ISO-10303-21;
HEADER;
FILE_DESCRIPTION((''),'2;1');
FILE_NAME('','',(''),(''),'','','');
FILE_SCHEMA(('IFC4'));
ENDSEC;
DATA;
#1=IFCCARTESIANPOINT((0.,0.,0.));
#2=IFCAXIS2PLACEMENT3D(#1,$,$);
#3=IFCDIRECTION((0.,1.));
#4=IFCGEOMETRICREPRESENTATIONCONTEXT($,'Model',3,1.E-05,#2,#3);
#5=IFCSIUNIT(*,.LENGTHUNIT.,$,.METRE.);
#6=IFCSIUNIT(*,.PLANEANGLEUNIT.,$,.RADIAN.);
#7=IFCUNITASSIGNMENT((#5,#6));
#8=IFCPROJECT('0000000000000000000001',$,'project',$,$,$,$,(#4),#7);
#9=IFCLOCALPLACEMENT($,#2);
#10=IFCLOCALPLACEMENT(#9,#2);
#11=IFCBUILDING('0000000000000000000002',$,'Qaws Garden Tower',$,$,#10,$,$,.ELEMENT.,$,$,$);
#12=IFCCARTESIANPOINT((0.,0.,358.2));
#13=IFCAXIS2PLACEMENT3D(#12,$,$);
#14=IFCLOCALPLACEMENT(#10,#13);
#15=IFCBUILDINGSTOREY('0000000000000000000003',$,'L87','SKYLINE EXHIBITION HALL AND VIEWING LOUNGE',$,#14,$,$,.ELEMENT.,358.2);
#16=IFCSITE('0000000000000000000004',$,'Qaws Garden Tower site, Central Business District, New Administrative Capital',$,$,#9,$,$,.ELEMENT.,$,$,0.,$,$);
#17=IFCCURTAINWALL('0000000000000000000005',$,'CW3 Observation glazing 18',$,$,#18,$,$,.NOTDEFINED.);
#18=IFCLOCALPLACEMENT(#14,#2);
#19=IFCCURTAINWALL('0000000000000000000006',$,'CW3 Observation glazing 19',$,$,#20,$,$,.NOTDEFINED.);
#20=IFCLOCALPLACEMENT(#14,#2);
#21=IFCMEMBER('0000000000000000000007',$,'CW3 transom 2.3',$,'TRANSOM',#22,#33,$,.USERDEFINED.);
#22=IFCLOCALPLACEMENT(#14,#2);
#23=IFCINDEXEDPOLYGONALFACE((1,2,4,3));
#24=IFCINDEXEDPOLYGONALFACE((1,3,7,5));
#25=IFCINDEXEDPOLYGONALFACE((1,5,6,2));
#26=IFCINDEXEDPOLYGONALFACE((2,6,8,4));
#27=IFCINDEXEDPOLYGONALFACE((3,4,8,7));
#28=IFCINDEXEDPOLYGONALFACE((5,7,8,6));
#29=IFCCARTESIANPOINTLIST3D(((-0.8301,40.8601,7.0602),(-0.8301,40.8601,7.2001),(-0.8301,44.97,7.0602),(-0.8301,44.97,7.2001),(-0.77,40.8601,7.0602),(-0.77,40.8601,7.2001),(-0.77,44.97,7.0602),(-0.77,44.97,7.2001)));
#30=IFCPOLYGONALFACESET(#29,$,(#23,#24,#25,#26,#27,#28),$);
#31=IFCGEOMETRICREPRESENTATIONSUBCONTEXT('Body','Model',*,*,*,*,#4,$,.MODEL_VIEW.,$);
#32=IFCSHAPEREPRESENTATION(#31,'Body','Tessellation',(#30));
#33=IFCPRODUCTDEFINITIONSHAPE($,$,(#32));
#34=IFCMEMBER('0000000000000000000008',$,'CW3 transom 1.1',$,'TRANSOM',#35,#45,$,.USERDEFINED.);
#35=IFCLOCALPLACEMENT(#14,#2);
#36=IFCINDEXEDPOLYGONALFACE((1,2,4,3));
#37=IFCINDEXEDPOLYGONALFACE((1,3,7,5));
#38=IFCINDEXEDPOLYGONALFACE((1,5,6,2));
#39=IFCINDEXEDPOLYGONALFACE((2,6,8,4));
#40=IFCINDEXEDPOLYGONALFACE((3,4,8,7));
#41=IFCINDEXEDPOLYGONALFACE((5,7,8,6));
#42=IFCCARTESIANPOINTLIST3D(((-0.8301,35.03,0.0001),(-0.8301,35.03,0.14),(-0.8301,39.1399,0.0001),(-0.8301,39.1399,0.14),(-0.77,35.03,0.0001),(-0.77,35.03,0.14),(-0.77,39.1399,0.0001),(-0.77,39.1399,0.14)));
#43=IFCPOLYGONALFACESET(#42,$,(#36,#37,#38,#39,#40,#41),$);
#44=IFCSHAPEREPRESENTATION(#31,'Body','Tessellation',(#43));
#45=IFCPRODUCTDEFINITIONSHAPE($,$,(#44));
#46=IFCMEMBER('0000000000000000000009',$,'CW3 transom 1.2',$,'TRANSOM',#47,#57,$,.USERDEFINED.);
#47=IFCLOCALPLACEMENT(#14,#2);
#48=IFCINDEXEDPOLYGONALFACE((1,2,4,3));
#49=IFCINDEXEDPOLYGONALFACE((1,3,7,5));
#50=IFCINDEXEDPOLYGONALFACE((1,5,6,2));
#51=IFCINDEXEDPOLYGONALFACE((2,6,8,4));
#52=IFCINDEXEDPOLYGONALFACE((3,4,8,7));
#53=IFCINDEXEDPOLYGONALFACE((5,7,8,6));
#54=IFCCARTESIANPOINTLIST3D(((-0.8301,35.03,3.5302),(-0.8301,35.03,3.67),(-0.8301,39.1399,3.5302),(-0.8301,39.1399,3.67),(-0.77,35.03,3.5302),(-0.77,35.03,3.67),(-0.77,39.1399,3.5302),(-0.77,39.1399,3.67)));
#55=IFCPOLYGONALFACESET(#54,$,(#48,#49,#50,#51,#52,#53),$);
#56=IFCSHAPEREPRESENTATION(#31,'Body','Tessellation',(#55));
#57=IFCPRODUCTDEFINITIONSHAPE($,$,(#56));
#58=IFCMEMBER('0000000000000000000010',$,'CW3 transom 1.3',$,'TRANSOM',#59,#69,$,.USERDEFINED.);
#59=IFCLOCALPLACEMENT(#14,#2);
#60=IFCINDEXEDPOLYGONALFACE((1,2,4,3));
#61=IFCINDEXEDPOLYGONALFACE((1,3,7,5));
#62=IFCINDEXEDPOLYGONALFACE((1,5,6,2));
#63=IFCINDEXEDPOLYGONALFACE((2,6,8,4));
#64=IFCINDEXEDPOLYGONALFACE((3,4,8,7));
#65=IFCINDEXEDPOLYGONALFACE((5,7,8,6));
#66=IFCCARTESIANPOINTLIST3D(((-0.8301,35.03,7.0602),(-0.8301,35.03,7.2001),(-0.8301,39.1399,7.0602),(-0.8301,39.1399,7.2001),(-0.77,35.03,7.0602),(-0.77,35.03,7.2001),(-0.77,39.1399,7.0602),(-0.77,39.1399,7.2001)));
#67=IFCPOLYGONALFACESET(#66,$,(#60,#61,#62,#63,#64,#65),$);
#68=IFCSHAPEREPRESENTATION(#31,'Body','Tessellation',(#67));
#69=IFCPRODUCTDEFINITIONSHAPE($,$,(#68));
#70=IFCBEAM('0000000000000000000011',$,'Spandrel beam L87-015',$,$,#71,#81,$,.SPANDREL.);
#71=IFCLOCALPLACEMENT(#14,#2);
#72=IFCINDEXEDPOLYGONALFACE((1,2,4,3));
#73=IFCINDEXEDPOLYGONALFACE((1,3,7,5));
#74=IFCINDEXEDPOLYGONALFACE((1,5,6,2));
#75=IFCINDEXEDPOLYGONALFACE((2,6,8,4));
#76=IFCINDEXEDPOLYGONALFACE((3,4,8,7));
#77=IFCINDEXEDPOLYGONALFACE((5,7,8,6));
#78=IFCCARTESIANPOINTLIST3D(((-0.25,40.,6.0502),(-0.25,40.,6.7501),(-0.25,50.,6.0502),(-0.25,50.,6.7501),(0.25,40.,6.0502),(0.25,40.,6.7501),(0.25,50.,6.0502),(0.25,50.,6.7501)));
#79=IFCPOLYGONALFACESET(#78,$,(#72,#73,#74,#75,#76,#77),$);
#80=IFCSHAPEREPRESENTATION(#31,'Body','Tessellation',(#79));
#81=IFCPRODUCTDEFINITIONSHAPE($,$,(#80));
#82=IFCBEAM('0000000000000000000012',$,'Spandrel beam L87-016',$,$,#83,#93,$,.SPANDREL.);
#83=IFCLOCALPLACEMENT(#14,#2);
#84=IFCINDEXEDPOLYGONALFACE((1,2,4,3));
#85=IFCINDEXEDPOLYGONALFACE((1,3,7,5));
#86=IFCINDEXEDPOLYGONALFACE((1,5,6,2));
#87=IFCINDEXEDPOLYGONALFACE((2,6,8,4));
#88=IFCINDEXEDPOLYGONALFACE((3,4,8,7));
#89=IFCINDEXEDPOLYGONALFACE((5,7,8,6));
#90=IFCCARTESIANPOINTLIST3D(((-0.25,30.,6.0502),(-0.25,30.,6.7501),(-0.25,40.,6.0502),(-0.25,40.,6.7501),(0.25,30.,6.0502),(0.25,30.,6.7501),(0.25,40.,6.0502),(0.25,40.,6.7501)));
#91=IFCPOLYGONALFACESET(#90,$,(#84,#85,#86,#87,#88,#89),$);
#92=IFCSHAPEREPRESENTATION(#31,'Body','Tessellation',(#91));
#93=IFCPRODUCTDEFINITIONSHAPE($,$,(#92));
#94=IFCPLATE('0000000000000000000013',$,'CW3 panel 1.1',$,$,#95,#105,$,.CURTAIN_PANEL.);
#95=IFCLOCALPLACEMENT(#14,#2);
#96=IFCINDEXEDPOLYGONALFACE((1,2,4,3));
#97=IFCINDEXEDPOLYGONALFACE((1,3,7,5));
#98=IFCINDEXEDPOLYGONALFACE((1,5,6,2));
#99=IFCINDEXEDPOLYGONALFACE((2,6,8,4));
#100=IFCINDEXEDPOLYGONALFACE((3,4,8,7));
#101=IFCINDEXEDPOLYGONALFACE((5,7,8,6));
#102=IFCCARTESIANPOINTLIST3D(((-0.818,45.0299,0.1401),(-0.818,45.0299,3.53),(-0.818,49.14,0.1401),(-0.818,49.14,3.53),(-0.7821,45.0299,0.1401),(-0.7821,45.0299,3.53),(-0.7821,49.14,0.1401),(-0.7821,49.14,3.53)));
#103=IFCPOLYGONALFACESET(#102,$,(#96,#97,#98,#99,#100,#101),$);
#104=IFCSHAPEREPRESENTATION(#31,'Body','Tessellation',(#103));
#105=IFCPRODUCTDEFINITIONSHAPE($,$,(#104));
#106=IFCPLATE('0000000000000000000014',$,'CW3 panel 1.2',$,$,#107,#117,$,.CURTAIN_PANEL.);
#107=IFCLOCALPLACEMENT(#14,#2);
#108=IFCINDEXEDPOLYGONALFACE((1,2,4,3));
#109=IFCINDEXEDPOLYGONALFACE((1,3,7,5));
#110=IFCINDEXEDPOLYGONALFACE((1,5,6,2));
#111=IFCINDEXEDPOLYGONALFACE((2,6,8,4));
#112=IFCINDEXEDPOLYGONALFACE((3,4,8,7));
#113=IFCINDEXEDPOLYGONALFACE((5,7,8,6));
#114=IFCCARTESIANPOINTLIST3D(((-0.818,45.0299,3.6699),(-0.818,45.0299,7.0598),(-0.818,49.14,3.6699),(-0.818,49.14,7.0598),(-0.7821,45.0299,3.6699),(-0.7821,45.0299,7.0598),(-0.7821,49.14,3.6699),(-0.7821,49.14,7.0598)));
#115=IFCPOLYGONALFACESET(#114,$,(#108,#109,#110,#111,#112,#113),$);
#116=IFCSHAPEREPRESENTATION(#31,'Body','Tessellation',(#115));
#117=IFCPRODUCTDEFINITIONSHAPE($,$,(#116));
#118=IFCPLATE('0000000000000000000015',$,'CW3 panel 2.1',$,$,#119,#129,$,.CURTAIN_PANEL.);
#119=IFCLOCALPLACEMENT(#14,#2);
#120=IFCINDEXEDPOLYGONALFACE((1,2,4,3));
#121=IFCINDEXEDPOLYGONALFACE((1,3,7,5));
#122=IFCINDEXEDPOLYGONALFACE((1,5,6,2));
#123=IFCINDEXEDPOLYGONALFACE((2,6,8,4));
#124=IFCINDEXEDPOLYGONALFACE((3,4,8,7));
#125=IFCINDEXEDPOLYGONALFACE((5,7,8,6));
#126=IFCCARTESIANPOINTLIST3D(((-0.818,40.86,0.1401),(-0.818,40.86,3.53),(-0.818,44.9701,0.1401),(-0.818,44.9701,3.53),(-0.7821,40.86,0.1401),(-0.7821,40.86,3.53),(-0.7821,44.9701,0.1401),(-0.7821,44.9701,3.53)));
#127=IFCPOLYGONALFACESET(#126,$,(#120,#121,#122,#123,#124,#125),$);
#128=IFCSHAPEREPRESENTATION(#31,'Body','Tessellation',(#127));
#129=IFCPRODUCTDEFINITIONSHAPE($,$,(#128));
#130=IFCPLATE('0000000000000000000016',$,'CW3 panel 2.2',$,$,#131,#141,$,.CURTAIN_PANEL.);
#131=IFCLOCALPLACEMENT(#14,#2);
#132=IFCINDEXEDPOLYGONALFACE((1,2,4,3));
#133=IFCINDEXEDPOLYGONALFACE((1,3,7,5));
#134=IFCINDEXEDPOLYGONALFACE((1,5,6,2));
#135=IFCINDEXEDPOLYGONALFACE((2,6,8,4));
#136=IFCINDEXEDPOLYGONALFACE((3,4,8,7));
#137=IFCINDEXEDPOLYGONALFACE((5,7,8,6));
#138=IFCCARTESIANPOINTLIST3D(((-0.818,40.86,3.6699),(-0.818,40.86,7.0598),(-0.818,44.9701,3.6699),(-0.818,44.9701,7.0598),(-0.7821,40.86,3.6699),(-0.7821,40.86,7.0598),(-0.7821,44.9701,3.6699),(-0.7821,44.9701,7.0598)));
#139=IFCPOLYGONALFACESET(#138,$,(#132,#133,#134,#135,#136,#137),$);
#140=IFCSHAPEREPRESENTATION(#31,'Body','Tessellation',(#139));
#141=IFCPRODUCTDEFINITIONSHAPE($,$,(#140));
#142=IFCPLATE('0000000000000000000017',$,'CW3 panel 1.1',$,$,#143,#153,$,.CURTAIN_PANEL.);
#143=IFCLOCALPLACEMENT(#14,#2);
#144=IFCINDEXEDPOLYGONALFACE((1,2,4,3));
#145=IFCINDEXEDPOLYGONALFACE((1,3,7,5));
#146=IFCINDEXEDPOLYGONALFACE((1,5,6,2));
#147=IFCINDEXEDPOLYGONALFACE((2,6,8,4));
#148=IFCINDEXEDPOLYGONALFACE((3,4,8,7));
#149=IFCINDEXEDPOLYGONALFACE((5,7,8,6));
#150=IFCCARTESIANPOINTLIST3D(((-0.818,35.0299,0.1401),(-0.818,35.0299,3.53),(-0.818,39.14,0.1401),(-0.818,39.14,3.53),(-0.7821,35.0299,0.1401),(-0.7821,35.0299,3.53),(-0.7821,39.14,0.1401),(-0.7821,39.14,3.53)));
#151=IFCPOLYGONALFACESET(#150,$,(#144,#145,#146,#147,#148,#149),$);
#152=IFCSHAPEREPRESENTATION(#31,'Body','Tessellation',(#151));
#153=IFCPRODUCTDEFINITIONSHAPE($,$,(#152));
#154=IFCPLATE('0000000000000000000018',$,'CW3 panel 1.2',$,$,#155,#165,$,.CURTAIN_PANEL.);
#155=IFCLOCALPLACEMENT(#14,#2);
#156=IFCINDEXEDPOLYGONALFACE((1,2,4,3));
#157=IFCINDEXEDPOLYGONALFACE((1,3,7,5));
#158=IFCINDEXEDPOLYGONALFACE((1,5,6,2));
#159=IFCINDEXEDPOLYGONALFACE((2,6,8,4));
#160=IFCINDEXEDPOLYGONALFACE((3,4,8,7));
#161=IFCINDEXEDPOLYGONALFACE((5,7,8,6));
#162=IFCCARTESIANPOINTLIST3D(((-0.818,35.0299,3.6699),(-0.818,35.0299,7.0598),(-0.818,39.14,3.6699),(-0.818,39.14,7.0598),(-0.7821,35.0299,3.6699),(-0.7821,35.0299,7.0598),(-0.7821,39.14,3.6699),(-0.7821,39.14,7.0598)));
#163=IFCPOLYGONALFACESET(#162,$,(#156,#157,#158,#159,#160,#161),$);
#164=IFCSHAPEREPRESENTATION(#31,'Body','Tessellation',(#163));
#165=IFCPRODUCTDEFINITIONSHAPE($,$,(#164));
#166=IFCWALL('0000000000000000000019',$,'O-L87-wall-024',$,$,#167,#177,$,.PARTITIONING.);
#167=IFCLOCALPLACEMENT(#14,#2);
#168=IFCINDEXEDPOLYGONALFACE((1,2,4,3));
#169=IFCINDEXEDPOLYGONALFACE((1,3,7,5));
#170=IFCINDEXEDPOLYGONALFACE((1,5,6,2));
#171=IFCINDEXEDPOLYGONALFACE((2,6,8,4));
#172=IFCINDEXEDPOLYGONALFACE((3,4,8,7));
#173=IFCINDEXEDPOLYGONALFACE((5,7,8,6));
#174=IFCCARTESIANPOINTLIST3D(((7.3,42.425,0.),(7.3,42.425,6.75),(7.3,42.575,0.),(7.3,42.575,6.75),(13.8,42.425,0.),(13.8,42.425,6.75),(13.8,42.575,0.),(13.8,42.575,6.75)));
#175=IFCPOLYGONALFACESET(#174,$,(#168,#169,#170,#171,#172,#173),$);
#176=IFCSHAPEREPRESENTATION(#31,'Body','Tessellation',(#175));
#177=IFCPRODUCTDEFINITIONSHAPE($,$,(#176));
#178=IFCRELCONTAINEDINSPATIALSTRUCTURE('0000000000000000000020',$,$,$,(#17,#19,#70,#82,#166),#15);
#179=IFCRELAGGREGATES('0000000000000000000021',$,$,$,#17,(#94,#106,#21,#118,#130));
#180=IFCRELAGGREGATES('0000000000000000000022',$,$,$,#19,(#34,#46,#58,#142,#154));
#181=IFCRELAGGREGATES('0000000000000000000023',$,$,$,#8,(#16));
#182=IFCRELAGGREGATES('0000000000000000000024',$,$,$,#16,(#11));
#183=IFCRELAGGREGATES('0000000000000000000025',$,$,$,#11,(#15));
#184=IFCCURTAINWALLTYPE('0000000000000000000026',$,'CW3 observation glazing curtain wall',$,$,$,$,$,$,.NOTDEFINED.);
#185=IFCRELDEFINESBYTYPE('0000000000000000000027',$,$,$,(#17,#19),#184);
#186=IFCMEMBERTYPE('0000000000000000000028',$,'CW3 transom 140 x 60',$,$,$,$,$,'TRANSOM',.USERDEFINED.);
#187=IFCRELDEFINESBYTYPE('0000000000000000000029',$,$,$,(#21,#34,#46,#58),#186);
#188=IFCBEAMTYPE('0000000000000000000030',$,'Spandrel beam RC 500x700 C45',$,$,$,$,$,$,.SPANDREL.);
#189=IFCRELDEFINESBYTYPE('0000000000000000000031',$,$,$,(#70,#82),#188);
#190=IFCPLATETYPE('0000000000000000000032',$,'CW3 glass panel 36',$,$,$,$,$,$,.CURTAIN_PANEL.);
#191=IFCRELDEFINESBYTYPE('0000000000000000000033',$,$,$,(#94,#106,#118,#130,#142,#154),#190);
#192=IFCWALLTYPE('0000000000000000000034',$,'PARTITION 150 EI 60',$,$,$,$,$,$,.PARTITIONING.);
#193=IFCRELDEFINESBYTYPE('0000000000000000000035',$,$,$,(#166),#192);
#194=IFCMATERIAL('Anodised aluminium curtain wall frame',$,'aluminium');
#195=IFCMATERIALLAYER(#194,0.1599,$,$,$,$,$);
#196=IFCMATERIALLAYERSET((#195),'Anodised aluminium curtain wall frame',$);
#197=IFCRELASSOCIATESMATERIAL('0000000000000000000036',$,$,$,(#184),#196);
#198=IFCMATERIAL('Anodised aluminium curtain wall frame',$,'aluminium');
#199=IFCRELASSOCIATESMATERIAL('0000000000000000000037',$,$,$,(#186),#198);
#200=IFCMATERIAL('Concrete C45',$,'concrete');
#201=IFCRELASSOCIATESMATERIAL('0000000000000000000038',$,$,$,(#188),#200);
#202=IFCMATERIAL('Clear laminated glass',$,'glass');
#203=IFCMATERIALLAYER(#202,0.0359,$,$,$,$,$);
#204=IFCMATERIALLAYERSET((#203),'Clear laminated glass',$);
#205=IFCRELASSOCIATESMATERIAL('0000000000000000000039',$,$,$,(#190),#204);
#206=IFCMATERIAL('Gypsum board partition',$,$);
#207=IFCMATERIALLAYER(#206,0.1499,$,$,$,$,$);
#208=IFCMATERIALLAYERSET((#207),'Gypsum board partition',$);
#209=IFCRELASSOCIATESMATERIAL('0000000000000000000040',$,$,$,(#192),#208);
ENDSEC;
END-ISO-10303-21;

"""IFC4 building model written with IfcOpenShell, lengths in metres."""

from ifc_helpers import new_model, si_unit, direction, frame, frame_2d, origin, origin_2d, place, context, subcontext, project, spatial, rectangle, extrude, material, layer, layer_set, material_profile, profile_set, type_object, element, aggregate, save


model = new_model("IFC4")

# Units and contexts
model_context = context("Model", 3, precision=1e-05, world=origin(), true_north=direction((0.0, 1.0)))
body_context = subcontext(model_context, "Body", "Model", "MODEL_VIEW")
ifc_project = project(units=[si_unit("LENGTHUNIT", "METRE"), si_unit("PLANEANGLEUNIT", "RADIAN")], contexts=[model_context])

# Site, building, storey
site_placement = place(None, origin())
site = spatial("IfcSite", under=ifc_project, at=site_placement, Name="Qaws Garden Tower site, Central Business District, New Administrative Capital", CompositionType="ELEMENT", RefElevation=0.0)
building_placement = place(site_placement, origin())
building = spatial("IfcBuilding", under=site, at=building_placement, Name="Qaws Garden Tower", CompositionType="ELEMENT")
storey_placement = place(building_placement, frame((0.0, 0.0, 358.2)))
storey = spatial("IfcBuildingStorey", under=building, at=storey_placement, Name="L87", Description="SKYLINE EXHIBITION HALL AND VIEWING LOUNGE", CompositionType="ELEMENT", Elevation=358.2)

# Shared definitions
ifc_material_1 = material(Name="Anodised aluminium curtain wall frame", Category="aluminium")
ifc_layer_1 = layer(ifc_material_1, 0.1599)
ifc_layer_set_1 = layer_set([ifc_layer_1], Name="Anodised aluminium curtain wall frame")
curtain_wall_type = type_object("IfcCurtainWallType", Name="CW3 observation glazing curtain wall", PredefinedType="NOTDEFINED", material=ifc_layer_set_1)
placement = place(storey_placement, origin())

# Curtain wall
curtain_wall_1 = element("IfcCurtainWall", 1, at=placement, inside=storey, type_object=curtain_wall_type, Name="CW3 Observation glazing 18", PredefinedType="NOTDEFINED")

# Curtain wall
curtain_wall_2 = element("IfcCurtainWall", 2, at=placement, inside=storey, type_object=curtain_wall_type, Name="CW3 Observation glazing 19", PredefinedType="NOTDEFINED")

# Members
ifc_material_2 = material(Name="Anodised aluminium curtain wall frame", Category="aluminium")
ifc_material_profile_1 = material_profile(ifc_material_2, rectangle(XDim=0.0601, YDim=0.1399, at=origin_2d()), Name="AL 60x140")
ifc_profile_set_1 = profile_set([ifc_material_profile_1], Name="Anodised aluminium curtain wall frame")
member_type_1 = type_object("IfcMemberType", Name="CW3 transom 140 x 60", ElementType="TRANSOM", PredefinedType="USERDEFINED", material=ifc_profile_set_1)
member_1_placement = place(storey_placement, frame((-0.8, 44.97, 7.1301), z_axis=(0.0, -1.0, 0.0), x_axis=(1.0, 0.0, 0.0)))
member_1 = element("IfcMember", 3, at=member_1_placement, type_object=member_type_1, Name="CW3 transom 2.3", ObjectType="TRANSOM", PredefinedType="USERDEFINED", context=body_context, shape_type="SweptSolid", body=[
    extrude(rectangle(XDim=0.0601, YDim=0.1399, at=origin_2d()), origin(), (0.0, 0.0, 1.0), 4.1099),
])
member_2_placement = place(storey_placement, frame((-0.8, 39.1399, 0.0701), z_axis=(0.0, -1.0, 0.0), x_axis=(1.0, 0.0, 0.0)))
member_2 = element("IfcMember", 4, at=member_2_placement, type_object=member_type_1, Name="CW3 transom 1.1", ObjectType="TRANSOM", PredefinedType="USERDEFINED", context=body_context, shape_type="SweptSolid", body=[
    extrude(rectangle(XDim=0.0601, YDim=0.1399, at=origin_2d()), origin(), (0.0, 0.0, 1.0), 4.1099),
])
member_3_placement = place(storey_placement, frame((-0.8, 39.1399, 3.6001), z_axis=(0.0, -1.0, 0.0), x_axis=(1.0, 0.0, 0.0)))
member_3 = element("IfcMember", 5, at=member_3_placement, type_object=member_type_1, Name="CW3 transom 1.2", ObjectType="TRANSOM", PredefinedType="USERDEFINED", context=body_context, shape_type="SweptSolid", body=[
    extrude(rectangle(XDim=0.0601, YDim=0.1399, at=origin_2d()), origin(), (0.0, 0.0, 1.0), 4.1099),
])
member_4_placement = place(storey_placement, frame((-0.8, 39.1399, 7.1301), z_axis=(0.0, -1.0, 0.0), x_axis=(1.0, 0.0, 0.0)))
member_4 = element("IfcMember", 6, at=member_4_placement, type_object=member_type_1, Name="CW3 transom 1.3", ObjectType="TRANSOM", PredefinedType="USERDEFINED", context=body_context, shape_type="SweptSolid", body=[
    extrude(rectangle(XDim=0.0601, YDim=0.1399, at=origin_2d()), origin(), (0.0, 0.0, 1.0), 4.1099),
])

# Beams
ifc_material_3 = material(Name="Concrete C45", Category="concrete")
ifc_material_profile_2 = material_profile(ifc_material_3, rectangle(XDim=0.5, YDim=0.7, at=origin_2d()), Name="RC 500x700")
ifc_profile_set_2 = profile_set([ifc_material_profile_2], Name="Concrete C45")
beam_type = type_object("IfcBeamType", Name="Spandrel beam RC 500x700 C45", PredefinedType="SPANDREL", material=ifc_profile_set_2)
for number, where, z_axis, x_axis, name in (
    (7, (0.0, 50.0, 6.4001), (0.0, -1.0, 0.0), (1.0, 0.0, 0.0), "Spandrel beam L87-015"),
    (8, (0.0, 40.0, 6.4001), (0.0, -1.0, 0.0), (1.0, 0.0, 0.0), "Spandrel beam L87-016"),
):
    element("IfcBeam", number, at=place(storey_placement, frame(where, z_axis=z_axis, x_axis=x_axis)), inside=storey, type_object=beam_type, Name=name, PredefinedType="SPANDREL", context=body_context, shape_type="SweptSolid", body=[
        extrude(rectangle(XDim=0.5, YDim=0.7, at=origin_2d()), origin(), (0.0, 0.0, 1.0), 10.0),
    ])

# Plates
ifc_material_4 = material(Name="Clear laminated glass", Category="glass")
ifc_layer_2 = layer(ifc_material_4, 0.0359)
ifc_layer_set_2 = layer_set([ifc_layer_2], Name="Clear laminated glass")
plate_type = type_object("IfcPlateType", Name="CW3 glass panel 36", PredefinedType="CURTAIN_PANEL", material=ifc_layer_set_2)
plate_1_placement = place(storey_placement, frame((-0.8, 47.085, 0.1401), z_axis=(0.0, 0.0, 1.0), x_axis=(0.0, -1.0, 0.0)))
plate_1 = element("IfcPlate", 9, at=plate_1_placement, type_object=plate_type, Name="CW3 panel 1.1", PredefinedType="CURTAIN_PANEL", context=body_context, shape_type="SweptSolid", body=[
    extrude(rectangle(XDim=4.1101, YDim=0.0359, at=origin_2d()), origin(), (0.0, 0.0, 1.0), 3.3899),
])
plate_2_placement = place(storey_placement, frame((-0.8, 47.085, 3.6699), z_axis=(0.0, 0.0, 1.0), x_axis=(0.0, -1.0, 0.0)))
plate_2 = element("IfcPlate", 10, at=plate_2_placement, type_object=plate_type, Name="CW3 panel 1.2", PredefinedType="CURTAIN_PANEL", context=body_context, shape_type="SweptSolid", body=[
    extrude(rectangle(XDim=4.1101, YDim=0.0359, at=origin_2d()), origin(), (0.0, 0.0, 1.0), 3.3899),
])
plate_3_placement = place(storey_placement, frame((-0.8, 42.915, 0.1401), z_axis=(0.0, 0.0, 1.0), x_axis=(0.0, -1.0, 0.0)))
plate_3 = element("IfcPlate", 11, at=plate_3_placement, type_object=plate_type, Name="CW3 panel 2.1", PredefinedType="CURTAIN_PANEL", context=body_context, shape_type="SweptSolid", body=[
    extrude(rectangle(XDim=4.1101, YDim=0.0359, at=origin_2d()), origin(), (0.0, 0.0, 1.0), 3.3899),
])
plate_4_placement = place(storey_placement, frame((-0.8, 42.915, 3.6699), z_axis=(0.0, 0.0, 1.0), x_axis=(0.0, -1.0, 0.0)))
plate_4 = element("IfcPlate", 12, at=plate_4_placement, type_object=plate_type, Name="CW3 panel 2.2", PredefinedType="CURTAIN_PANEL", context=body_context, shape_type="SweptSolid", body=[
    extrude(rectangle(XDim=4.1101, YDim=0.0359, at=origin_2d()), origin(), (0.0, 0.0, 1.0), 3.3899),
])
aggregate(curtain_wall_1, [plate_1, plate_2, member_1, plate_3, plate_4])
plate_5_placement = place(storey_placement, frame((-0.8, 37.085, 0.1401), z_axis=(0.0, 0.0, 1.0), x_axis=(0.0, -1.0, 0.0)))
plate_5 = element("IfcPlate", 13, at=plate_5_placement, type_object=plate_type, Name="CW3 panel 1.1", PredefinedType="CURTAIN_PANEL", context=body_context, shape_type="SweptSolid", body=[
    extrude(rectangle(XDim=4.1101, YDim=0.0359, at=origin_2d()), origin(), (0.0, 0.0, 1.0), 3.3899),
])
plate_6_placement = place(storey_placement, frame((-0.8, 37.085, 3.6699), z_axis=(0.0, 0.0, 1.0), x_axis=(0.0, -1.0, 0.0)))
plate_6 = element("IfcPlate", 14, at=plate_6_placement, type_object=plate_type, Name="CW3 panel 1.2", PredefinedType="CURTAIN_PANEL", context=body_context, shape_type="SweptSolid", body=[
    extrude(rectangle(XDim=4.1101, YDim=0.0359, at=origin_2d()), origin(), (0.0, 0.0, 1.0), 3.3899),
])
aggregate(curtain_wall_2, [member_2, member_3, member_4, plate_5, plate_6])

# Wall
ifc_material_5 = material(Name="Gypsum board partition")
ifc_layer_3 = layer(ifc_material_5, 0.1499)
ifc_layer_set_3 = layer_set([ifc_layer_3], Name="Gypsum board partition")
wall_type = type_object("IfcWallType", Name="PARTITION 150 EI 60", PredefinedType="PARTITIONING", material=ifc_layer_set_3)
wall_placement = place(storey_placement, frame((7.3, 42.5, 0.0), z_axis=(0.0, 0.0, 1.0), x_axis=(1.0, 0.0, 0.0)))
element("IfcWall", 15, at=wall_placement, inside=storey, type_object=wall_type, Name="O-L87-wall-024", PredefinedType="PARTITIONING", context=body_context, shape_type="SweptSolid", body=[
    extrude(rectangle(XDim=6.5, YDim=0.1499, at=frame_2d((3.25, 0.0))), origin(), (0.0, 0.0, 1.0), 6.75),
])

save(model, "model.ifc")
